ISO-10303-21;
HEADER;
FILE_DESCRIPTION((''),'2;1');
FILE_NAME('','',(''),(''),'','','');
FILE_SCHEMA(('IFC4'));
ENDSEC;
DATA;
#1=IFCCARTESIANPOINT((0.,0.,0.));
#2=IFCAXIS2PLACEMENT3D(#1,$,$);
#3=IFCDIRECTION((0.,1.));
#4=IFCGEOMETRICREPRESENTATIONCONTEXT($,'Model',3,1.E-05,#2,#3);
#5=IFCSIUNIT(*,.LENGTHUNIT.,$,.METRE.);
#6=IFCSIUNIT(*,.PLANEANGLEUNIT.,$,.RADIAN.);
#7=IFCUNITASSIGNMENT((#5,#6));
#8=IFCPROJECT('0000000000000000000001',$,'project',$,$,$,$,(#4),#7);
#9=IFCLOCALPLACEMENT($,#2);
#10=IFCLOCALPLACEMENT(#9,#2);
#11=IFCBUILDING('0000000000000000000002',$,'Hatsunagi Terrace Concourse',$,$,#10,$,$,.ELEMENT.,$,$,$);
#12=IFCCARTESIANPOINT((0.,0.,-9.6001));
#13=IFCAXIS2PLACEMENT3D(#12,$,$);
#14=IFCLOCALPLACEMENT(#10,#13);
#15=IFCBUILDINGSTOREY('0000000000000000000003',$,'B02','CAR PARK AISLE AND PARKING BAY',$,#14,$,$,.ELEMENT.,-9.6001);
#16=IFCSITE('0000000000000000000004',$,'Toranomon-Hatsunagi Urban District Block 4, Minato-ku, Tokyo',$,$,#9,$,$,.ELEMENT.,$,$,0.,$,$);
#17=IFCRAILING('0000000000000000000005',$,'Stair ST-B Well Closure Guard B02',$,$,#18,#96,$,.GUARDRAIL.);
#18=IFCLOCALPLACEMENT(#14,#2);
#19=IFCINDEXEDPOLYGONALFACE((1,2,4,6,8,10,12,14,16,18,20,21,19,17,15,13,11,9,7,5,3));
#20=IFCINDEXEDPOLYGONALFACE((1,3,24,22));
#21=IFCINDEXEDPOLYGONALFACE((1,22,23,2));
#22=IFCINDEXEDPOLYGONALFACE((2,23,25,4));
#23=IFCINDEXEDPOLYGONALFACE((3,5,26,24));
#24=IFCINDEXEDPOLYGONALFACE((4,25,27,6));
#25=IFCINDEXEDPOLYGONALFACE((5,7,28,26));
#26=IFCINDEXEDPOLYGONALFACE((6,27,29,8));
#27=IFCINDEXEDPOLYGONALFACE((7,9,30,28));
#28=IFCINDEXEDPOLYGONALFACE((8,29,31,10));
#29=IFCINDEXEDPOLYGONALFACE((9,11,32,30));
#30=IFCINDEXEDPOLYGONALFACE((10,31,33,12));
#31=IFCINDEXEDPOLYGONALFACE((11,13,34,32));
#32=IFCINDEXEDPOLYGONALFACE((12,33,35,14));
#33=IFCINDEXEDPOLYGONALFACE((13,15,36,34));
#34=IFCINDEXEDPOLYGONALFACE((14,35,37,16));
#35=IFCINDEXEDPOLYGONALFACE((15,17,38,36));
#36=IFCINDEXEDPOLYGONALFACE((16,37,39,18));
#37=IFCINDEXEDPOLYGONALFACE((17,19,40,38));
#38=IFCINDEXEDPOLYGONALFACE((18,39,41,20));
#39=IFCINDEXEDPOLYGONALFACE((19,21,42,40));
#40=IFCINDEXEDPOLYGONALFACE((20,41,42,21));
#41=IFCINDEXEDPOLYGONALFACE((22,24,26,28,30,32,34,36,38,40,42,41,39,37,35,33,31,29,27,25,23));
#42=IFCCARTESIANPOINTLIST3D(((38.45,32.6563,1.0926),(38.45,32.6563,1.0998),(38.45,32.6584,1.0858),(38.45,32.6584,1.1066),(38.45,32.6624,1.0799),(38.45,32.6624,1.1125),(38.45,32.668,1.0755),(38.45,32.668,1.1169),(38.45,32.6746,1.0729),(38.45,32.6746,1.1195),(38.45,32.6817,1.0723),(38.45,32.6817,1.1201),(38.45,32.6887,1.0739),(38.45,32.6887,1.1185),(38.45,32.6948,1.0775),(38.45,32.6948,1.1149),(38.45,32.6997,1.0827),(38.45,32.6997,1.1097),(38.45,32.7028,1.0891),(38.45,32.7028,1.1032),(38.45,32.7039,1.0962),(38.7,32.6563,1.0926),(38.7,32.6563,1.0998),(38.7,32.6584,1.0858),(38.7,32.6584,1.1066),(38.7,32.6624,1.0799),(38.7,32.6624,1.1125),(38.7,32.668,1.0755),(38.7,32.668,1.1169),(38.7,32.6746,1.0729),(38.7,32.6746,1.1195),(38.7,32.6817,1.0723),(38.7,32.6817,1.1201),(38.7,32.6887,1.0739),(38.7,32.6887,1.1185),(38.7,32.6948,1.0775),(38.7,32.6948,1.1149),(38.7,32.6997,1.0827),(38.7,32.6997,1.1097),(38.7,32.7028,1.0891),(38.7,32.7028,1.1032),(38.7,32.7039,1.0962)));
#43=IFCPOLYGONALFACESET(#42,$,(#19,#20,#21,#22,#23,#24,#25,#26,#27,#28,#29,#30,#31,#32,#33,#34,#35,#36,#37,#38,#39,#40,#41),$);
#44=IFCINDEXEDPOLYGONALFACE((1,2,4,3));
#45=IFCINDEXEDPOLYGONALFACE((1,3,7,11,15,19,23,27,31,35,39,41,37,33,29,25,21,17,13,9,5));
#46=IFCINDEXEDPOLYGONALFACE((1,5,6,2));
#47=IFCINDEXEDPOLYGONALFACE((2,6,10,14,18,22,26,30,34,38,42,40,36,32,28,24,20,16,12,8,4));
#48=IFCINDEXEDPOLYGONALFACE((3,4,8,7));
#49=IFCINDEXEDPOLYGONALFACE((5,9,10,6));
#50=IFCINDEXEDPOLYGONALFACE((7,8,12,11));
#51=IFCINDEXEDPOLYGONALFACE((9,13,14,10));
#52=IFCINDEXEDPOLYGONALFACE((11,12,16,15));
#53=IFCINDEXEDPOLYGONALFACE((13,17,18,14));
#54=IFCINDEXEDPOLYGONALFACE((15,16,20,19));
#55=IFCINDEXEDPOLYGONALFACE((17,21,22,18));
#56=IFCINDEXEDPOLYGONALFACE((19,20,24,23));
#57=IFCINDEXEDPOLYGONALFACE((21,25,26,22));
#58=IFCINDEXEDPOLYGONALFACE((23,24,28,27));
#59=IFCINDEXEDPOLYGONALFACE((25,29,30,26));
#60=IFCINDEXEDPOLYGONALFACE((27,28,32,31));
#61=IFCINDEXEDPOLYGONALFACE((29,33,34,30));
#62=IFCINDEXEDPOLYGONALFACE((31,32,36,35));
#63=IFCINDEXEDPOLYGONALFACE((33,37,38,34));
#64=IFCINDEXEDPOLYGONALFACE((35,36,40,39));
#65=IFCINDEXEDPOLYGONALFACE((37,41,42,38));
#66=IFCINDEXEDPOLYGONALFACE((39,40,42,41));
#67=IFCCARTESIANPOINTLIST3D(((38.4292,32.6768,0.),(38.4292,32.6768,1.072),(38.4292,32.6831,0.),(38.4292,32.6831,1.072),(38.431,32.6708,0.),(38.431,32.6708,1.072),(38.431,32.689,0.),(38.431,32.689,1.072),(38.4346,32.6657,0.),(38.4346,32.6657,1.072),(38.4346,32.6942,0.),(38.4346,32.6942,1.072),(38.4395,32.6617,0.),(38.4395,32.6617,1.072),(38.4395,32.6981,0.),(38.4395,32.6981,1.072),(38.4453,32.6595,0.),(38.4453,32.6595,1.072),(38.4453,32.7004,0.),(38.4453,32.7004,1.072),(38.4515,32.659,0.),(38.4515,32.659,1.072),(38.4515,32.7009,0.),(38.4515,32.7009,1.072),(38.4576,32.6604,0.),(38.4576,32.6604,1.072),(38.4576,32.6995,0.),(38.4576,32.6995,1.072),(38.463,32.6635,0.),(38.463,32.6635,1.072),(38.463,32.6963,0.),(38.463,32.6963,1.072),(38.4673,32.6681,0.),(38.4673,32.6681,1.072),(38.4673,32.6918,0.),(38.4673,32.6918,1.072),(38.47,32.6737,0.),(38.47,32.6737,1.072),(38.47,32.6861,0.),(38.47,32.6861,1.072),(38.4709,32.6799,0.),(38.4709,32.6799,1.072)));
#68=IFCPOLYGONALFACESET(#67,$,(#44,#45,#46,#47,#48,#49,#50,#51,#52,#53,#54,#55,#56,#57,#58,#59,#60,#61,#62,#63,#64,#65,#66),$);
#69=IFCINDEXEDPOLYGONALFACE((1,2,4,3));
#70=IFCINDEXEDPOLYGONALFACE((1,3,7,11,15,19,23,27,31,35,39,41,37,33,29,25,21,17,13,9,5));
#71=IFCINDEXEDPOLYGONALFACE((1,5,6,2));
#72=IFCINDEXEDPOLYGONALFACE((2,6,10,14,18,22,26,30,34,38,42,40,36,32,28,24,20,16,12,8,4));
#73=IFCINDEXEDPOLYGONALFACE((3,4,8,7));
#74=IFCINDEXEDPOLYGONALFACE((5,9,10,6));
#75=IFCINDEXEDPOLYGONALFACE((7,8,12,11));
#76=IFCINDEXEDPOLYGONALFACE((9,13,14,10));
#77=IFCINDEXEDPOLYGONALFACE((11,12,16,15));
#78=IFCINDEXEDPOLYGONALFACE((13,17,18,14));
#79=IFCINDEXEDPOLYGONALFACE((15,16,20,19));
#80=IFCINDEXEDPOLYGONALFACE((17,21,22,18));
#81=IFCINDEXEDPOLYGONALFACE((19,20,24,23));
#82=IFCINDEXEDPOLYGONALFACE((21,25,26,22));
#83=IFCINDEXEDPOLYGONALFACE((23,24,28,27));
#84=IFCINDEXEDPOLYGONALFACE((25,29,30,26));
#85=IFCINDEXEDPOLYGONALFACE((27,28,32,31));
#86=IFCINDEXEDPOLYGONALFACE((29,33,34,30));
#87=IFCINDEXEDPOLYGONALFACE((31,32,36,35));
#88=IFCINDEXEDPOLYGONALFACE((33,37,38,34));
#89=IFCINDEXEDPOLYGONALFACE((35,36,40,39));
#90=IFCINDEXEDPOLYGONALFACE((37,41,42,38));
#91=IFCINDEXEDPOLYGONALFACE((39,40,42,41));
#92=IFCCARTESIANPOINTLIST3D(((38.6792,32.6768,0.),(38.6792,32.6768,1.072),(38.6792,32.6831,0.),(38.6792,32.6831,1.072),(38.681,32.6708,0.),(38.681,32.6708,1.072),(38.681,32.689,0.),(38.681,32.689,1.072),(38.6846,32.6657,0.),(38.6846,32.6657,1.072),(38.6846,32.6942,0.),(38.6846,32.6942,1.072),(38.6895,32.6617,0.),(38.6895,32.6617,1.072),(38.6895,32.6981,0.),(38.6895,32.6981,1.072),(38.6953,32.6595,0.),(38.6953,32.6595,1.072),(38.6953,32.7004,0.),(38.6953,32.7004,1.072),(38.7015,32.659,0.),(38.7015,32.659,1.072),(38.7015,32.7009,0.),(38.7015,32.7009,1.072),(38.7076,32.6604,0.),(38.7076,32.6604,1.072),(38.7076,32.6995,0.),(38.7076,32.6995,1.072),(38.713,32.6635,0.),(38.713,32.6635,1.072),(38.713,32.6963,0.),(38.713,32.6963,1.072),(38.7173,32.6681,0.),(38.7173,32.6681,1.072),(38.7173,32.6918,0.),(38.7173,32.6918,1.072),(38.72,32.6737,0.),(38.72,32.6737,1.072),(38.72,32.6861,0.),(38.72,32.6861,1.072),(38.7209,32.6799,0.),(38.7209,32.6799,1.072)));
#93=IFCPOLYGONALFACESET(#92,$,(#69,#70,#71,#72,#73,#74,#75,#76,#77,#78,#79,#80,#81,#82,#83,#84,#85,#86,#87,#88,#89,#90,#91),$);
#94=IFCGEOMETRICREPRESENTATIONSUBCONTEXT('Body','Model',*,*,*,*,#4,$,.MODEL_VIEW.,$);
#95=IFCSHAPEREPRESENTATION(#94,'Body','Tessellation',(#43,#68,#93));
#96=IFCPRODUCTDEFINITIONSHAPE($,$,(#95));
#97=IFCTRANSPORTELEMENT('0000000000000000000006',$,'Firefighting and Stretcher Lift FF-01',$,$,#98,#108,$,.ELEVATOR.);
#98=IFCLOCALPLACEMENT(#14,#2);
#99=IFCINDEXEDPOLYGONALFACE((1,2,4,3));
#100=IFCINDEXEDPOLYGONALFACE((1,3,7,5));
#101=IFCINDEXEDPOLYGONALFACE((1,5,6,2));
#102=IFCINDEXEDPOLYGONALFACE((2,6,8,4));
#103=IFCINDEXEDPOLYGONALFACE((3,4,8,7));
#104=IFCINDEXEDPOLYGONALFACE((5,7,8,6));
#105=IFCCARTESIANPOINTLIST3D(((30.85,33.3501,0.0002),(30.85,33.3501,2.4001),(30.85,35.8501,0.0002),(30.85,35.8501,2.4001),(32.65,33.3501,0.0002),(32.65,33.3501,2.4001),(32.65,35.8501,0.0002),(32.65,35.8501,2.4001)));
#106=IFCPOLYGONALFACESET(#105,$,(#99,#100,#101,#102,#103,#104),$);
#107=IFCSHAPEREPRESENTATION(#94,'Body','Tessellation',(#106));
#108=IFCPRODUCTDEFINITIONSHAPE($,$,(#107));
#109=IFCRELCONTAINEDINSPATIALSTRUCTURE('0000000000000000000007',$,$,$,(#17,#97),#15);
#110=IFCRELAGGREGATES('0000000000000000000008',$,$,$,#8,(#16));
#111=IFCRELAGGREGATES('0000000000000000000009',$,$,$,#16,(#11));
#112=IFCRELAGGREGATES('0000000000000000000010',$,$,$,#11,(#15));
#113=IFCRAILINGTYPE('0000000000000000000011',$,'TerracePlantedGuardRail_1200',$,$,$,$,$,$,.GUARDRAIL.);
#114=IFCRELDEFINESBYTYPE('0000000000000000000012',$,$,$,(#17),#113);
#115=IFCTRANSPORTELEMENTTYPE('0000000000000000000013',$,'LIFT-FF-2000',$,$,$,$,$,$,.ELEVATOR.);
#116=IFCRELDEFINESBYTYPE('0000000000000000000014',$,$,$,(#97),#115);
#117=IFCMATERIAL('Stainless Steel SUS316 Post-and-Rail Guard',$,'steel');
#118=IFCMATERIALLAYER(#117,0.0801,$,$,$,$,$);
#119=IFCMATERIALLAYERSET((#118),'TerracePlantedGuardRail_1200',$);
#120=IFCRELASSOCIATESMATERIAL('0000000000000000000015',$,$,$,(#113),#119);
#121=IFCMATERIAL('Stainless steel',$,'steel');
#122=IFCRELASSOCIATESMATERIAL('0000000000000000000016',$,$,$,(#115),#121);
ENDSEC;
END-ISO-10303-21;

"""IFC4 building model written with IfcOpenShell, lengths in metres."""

from ifc_helpers import new_model, si_unit, direction, frame, origin, origin_2d, place, context, subcontext, project, spatial, rectangle, circle, extrude, material, layer, layer_set, type_object, element, save


model = new_model("IFC4")

# Units and contexts
model_context = context("Model", 3, precision=1e-05, world=origin(), true_north=direction((0.0, 1.0)))
body_context = subcontext(model_context, "Body", "Model", "MODEL_VIEW")
ifc_project = project(units=[si_unit("LENGTHUNIT", "METRE"), si_unit("PLANEANGLEUNIT", "RADIAN")], contexts=[model_context])

# Site, building, storey
site_placement = place(None, origin())
site = spatial("IfcSite", under=ifc_project, at=site_placement, Name="Toranomon-Hatsunagi Urban District Block 4, Minato-ku, Tokyo", CompositionType="ELEMENT", RefElevation=0.0)
building_placement = place(site_placement, origin())
building = spatial("IfcBuilding", under=site, at=building_placement, Name="Hatsunagi Terrace Concourse", CompositionType="ELEMENT")
storey_placement = place(building_placement, frame((0.0, 0.0, -9.6001)))
storey = spatial("IfcBuildingStorey", under=building, at=storey_placement, Name="B02", Description="CAR PARK AISLE AND PARKING BAY", CompositionType="ELEMENT", Elevation=-9.6001)

# Railing
ifc_material_1 = material(Name="Stainless Steel SUS316 Post-and-Rail Guard", Category="steel")
ifc_layer_1 = layer(ifc_material_1, 0.0801)
ifc_layer_set_1 = layer_set([ifc_layer_1], Name="TerracePlantedGuardRail_1200")
railing_type_1 = type_object("IfcRailingType", Name="TerracePlantedGuardRail_1200", PredefinedType="GUARDRAIL", material=ifc_layer_set_1)
railing_1_placement = place(storey_placement, frame((38.45, 32.6799, 0.0)))
element("IfcRailing", 1, at=railing_1_placement, inside=storey, type_object=railing_type_1, Name="Stair ST-B Well Closure Guard B02", PredefinedType="GUARDRAIL", context=body_context, shape_type="SweptSolid", body=[
    extrude(circle(Radius=0.0239, at=origin_2d()), frame((0.0, 0.0, 1.0962), z_axis=(1.0, 0.0, 0.0), x_axis=(0.0, 1.0, 0.0)), (0.0, 0.0, 1.0), 0.25),
    extrude(circle(Radius=0.021, at=origin_2d()), origin(), (0.0, 0.0, 1.0), 1.072),
    extrude(circle(Radius=0.021, at=origin_2d()), frame((0.25, 0.0, 0.0)), (0.0, 0.0, 1.0), 1.072),
])

# Transport element
ifc_material_2 = material(Name="Stainless steel", Category="steel")
transport_element_type = type_object("IfcTransportElementType", Name="LIFT-FF-2000", PredefinedType="ELEVATOR", material=ifc_material_2)
transport_element_placement = place(storey_placement, frame((31.75, 34.6001, 0.0002), z_axis=(0.0, 0.0, 1.0), x_axis=(1.0, 0.0, 0.0)))
element("IfcTransportElement", 2, at=transport_element_placement, inside=storey, type_object=transport_element_type, Name="Firefighting and Stretcher Lift FF-01", PredefinedType="ELEVATOR", context=body_context, shape_type="SweptSolid", body=[
    extrude(rectangle(XDim=1.8, YDim=2.5, at=origin_2d()), origin(), (0.0, 0.0, 1.0), 2.3999),
])

save(model, "model.ifc")
